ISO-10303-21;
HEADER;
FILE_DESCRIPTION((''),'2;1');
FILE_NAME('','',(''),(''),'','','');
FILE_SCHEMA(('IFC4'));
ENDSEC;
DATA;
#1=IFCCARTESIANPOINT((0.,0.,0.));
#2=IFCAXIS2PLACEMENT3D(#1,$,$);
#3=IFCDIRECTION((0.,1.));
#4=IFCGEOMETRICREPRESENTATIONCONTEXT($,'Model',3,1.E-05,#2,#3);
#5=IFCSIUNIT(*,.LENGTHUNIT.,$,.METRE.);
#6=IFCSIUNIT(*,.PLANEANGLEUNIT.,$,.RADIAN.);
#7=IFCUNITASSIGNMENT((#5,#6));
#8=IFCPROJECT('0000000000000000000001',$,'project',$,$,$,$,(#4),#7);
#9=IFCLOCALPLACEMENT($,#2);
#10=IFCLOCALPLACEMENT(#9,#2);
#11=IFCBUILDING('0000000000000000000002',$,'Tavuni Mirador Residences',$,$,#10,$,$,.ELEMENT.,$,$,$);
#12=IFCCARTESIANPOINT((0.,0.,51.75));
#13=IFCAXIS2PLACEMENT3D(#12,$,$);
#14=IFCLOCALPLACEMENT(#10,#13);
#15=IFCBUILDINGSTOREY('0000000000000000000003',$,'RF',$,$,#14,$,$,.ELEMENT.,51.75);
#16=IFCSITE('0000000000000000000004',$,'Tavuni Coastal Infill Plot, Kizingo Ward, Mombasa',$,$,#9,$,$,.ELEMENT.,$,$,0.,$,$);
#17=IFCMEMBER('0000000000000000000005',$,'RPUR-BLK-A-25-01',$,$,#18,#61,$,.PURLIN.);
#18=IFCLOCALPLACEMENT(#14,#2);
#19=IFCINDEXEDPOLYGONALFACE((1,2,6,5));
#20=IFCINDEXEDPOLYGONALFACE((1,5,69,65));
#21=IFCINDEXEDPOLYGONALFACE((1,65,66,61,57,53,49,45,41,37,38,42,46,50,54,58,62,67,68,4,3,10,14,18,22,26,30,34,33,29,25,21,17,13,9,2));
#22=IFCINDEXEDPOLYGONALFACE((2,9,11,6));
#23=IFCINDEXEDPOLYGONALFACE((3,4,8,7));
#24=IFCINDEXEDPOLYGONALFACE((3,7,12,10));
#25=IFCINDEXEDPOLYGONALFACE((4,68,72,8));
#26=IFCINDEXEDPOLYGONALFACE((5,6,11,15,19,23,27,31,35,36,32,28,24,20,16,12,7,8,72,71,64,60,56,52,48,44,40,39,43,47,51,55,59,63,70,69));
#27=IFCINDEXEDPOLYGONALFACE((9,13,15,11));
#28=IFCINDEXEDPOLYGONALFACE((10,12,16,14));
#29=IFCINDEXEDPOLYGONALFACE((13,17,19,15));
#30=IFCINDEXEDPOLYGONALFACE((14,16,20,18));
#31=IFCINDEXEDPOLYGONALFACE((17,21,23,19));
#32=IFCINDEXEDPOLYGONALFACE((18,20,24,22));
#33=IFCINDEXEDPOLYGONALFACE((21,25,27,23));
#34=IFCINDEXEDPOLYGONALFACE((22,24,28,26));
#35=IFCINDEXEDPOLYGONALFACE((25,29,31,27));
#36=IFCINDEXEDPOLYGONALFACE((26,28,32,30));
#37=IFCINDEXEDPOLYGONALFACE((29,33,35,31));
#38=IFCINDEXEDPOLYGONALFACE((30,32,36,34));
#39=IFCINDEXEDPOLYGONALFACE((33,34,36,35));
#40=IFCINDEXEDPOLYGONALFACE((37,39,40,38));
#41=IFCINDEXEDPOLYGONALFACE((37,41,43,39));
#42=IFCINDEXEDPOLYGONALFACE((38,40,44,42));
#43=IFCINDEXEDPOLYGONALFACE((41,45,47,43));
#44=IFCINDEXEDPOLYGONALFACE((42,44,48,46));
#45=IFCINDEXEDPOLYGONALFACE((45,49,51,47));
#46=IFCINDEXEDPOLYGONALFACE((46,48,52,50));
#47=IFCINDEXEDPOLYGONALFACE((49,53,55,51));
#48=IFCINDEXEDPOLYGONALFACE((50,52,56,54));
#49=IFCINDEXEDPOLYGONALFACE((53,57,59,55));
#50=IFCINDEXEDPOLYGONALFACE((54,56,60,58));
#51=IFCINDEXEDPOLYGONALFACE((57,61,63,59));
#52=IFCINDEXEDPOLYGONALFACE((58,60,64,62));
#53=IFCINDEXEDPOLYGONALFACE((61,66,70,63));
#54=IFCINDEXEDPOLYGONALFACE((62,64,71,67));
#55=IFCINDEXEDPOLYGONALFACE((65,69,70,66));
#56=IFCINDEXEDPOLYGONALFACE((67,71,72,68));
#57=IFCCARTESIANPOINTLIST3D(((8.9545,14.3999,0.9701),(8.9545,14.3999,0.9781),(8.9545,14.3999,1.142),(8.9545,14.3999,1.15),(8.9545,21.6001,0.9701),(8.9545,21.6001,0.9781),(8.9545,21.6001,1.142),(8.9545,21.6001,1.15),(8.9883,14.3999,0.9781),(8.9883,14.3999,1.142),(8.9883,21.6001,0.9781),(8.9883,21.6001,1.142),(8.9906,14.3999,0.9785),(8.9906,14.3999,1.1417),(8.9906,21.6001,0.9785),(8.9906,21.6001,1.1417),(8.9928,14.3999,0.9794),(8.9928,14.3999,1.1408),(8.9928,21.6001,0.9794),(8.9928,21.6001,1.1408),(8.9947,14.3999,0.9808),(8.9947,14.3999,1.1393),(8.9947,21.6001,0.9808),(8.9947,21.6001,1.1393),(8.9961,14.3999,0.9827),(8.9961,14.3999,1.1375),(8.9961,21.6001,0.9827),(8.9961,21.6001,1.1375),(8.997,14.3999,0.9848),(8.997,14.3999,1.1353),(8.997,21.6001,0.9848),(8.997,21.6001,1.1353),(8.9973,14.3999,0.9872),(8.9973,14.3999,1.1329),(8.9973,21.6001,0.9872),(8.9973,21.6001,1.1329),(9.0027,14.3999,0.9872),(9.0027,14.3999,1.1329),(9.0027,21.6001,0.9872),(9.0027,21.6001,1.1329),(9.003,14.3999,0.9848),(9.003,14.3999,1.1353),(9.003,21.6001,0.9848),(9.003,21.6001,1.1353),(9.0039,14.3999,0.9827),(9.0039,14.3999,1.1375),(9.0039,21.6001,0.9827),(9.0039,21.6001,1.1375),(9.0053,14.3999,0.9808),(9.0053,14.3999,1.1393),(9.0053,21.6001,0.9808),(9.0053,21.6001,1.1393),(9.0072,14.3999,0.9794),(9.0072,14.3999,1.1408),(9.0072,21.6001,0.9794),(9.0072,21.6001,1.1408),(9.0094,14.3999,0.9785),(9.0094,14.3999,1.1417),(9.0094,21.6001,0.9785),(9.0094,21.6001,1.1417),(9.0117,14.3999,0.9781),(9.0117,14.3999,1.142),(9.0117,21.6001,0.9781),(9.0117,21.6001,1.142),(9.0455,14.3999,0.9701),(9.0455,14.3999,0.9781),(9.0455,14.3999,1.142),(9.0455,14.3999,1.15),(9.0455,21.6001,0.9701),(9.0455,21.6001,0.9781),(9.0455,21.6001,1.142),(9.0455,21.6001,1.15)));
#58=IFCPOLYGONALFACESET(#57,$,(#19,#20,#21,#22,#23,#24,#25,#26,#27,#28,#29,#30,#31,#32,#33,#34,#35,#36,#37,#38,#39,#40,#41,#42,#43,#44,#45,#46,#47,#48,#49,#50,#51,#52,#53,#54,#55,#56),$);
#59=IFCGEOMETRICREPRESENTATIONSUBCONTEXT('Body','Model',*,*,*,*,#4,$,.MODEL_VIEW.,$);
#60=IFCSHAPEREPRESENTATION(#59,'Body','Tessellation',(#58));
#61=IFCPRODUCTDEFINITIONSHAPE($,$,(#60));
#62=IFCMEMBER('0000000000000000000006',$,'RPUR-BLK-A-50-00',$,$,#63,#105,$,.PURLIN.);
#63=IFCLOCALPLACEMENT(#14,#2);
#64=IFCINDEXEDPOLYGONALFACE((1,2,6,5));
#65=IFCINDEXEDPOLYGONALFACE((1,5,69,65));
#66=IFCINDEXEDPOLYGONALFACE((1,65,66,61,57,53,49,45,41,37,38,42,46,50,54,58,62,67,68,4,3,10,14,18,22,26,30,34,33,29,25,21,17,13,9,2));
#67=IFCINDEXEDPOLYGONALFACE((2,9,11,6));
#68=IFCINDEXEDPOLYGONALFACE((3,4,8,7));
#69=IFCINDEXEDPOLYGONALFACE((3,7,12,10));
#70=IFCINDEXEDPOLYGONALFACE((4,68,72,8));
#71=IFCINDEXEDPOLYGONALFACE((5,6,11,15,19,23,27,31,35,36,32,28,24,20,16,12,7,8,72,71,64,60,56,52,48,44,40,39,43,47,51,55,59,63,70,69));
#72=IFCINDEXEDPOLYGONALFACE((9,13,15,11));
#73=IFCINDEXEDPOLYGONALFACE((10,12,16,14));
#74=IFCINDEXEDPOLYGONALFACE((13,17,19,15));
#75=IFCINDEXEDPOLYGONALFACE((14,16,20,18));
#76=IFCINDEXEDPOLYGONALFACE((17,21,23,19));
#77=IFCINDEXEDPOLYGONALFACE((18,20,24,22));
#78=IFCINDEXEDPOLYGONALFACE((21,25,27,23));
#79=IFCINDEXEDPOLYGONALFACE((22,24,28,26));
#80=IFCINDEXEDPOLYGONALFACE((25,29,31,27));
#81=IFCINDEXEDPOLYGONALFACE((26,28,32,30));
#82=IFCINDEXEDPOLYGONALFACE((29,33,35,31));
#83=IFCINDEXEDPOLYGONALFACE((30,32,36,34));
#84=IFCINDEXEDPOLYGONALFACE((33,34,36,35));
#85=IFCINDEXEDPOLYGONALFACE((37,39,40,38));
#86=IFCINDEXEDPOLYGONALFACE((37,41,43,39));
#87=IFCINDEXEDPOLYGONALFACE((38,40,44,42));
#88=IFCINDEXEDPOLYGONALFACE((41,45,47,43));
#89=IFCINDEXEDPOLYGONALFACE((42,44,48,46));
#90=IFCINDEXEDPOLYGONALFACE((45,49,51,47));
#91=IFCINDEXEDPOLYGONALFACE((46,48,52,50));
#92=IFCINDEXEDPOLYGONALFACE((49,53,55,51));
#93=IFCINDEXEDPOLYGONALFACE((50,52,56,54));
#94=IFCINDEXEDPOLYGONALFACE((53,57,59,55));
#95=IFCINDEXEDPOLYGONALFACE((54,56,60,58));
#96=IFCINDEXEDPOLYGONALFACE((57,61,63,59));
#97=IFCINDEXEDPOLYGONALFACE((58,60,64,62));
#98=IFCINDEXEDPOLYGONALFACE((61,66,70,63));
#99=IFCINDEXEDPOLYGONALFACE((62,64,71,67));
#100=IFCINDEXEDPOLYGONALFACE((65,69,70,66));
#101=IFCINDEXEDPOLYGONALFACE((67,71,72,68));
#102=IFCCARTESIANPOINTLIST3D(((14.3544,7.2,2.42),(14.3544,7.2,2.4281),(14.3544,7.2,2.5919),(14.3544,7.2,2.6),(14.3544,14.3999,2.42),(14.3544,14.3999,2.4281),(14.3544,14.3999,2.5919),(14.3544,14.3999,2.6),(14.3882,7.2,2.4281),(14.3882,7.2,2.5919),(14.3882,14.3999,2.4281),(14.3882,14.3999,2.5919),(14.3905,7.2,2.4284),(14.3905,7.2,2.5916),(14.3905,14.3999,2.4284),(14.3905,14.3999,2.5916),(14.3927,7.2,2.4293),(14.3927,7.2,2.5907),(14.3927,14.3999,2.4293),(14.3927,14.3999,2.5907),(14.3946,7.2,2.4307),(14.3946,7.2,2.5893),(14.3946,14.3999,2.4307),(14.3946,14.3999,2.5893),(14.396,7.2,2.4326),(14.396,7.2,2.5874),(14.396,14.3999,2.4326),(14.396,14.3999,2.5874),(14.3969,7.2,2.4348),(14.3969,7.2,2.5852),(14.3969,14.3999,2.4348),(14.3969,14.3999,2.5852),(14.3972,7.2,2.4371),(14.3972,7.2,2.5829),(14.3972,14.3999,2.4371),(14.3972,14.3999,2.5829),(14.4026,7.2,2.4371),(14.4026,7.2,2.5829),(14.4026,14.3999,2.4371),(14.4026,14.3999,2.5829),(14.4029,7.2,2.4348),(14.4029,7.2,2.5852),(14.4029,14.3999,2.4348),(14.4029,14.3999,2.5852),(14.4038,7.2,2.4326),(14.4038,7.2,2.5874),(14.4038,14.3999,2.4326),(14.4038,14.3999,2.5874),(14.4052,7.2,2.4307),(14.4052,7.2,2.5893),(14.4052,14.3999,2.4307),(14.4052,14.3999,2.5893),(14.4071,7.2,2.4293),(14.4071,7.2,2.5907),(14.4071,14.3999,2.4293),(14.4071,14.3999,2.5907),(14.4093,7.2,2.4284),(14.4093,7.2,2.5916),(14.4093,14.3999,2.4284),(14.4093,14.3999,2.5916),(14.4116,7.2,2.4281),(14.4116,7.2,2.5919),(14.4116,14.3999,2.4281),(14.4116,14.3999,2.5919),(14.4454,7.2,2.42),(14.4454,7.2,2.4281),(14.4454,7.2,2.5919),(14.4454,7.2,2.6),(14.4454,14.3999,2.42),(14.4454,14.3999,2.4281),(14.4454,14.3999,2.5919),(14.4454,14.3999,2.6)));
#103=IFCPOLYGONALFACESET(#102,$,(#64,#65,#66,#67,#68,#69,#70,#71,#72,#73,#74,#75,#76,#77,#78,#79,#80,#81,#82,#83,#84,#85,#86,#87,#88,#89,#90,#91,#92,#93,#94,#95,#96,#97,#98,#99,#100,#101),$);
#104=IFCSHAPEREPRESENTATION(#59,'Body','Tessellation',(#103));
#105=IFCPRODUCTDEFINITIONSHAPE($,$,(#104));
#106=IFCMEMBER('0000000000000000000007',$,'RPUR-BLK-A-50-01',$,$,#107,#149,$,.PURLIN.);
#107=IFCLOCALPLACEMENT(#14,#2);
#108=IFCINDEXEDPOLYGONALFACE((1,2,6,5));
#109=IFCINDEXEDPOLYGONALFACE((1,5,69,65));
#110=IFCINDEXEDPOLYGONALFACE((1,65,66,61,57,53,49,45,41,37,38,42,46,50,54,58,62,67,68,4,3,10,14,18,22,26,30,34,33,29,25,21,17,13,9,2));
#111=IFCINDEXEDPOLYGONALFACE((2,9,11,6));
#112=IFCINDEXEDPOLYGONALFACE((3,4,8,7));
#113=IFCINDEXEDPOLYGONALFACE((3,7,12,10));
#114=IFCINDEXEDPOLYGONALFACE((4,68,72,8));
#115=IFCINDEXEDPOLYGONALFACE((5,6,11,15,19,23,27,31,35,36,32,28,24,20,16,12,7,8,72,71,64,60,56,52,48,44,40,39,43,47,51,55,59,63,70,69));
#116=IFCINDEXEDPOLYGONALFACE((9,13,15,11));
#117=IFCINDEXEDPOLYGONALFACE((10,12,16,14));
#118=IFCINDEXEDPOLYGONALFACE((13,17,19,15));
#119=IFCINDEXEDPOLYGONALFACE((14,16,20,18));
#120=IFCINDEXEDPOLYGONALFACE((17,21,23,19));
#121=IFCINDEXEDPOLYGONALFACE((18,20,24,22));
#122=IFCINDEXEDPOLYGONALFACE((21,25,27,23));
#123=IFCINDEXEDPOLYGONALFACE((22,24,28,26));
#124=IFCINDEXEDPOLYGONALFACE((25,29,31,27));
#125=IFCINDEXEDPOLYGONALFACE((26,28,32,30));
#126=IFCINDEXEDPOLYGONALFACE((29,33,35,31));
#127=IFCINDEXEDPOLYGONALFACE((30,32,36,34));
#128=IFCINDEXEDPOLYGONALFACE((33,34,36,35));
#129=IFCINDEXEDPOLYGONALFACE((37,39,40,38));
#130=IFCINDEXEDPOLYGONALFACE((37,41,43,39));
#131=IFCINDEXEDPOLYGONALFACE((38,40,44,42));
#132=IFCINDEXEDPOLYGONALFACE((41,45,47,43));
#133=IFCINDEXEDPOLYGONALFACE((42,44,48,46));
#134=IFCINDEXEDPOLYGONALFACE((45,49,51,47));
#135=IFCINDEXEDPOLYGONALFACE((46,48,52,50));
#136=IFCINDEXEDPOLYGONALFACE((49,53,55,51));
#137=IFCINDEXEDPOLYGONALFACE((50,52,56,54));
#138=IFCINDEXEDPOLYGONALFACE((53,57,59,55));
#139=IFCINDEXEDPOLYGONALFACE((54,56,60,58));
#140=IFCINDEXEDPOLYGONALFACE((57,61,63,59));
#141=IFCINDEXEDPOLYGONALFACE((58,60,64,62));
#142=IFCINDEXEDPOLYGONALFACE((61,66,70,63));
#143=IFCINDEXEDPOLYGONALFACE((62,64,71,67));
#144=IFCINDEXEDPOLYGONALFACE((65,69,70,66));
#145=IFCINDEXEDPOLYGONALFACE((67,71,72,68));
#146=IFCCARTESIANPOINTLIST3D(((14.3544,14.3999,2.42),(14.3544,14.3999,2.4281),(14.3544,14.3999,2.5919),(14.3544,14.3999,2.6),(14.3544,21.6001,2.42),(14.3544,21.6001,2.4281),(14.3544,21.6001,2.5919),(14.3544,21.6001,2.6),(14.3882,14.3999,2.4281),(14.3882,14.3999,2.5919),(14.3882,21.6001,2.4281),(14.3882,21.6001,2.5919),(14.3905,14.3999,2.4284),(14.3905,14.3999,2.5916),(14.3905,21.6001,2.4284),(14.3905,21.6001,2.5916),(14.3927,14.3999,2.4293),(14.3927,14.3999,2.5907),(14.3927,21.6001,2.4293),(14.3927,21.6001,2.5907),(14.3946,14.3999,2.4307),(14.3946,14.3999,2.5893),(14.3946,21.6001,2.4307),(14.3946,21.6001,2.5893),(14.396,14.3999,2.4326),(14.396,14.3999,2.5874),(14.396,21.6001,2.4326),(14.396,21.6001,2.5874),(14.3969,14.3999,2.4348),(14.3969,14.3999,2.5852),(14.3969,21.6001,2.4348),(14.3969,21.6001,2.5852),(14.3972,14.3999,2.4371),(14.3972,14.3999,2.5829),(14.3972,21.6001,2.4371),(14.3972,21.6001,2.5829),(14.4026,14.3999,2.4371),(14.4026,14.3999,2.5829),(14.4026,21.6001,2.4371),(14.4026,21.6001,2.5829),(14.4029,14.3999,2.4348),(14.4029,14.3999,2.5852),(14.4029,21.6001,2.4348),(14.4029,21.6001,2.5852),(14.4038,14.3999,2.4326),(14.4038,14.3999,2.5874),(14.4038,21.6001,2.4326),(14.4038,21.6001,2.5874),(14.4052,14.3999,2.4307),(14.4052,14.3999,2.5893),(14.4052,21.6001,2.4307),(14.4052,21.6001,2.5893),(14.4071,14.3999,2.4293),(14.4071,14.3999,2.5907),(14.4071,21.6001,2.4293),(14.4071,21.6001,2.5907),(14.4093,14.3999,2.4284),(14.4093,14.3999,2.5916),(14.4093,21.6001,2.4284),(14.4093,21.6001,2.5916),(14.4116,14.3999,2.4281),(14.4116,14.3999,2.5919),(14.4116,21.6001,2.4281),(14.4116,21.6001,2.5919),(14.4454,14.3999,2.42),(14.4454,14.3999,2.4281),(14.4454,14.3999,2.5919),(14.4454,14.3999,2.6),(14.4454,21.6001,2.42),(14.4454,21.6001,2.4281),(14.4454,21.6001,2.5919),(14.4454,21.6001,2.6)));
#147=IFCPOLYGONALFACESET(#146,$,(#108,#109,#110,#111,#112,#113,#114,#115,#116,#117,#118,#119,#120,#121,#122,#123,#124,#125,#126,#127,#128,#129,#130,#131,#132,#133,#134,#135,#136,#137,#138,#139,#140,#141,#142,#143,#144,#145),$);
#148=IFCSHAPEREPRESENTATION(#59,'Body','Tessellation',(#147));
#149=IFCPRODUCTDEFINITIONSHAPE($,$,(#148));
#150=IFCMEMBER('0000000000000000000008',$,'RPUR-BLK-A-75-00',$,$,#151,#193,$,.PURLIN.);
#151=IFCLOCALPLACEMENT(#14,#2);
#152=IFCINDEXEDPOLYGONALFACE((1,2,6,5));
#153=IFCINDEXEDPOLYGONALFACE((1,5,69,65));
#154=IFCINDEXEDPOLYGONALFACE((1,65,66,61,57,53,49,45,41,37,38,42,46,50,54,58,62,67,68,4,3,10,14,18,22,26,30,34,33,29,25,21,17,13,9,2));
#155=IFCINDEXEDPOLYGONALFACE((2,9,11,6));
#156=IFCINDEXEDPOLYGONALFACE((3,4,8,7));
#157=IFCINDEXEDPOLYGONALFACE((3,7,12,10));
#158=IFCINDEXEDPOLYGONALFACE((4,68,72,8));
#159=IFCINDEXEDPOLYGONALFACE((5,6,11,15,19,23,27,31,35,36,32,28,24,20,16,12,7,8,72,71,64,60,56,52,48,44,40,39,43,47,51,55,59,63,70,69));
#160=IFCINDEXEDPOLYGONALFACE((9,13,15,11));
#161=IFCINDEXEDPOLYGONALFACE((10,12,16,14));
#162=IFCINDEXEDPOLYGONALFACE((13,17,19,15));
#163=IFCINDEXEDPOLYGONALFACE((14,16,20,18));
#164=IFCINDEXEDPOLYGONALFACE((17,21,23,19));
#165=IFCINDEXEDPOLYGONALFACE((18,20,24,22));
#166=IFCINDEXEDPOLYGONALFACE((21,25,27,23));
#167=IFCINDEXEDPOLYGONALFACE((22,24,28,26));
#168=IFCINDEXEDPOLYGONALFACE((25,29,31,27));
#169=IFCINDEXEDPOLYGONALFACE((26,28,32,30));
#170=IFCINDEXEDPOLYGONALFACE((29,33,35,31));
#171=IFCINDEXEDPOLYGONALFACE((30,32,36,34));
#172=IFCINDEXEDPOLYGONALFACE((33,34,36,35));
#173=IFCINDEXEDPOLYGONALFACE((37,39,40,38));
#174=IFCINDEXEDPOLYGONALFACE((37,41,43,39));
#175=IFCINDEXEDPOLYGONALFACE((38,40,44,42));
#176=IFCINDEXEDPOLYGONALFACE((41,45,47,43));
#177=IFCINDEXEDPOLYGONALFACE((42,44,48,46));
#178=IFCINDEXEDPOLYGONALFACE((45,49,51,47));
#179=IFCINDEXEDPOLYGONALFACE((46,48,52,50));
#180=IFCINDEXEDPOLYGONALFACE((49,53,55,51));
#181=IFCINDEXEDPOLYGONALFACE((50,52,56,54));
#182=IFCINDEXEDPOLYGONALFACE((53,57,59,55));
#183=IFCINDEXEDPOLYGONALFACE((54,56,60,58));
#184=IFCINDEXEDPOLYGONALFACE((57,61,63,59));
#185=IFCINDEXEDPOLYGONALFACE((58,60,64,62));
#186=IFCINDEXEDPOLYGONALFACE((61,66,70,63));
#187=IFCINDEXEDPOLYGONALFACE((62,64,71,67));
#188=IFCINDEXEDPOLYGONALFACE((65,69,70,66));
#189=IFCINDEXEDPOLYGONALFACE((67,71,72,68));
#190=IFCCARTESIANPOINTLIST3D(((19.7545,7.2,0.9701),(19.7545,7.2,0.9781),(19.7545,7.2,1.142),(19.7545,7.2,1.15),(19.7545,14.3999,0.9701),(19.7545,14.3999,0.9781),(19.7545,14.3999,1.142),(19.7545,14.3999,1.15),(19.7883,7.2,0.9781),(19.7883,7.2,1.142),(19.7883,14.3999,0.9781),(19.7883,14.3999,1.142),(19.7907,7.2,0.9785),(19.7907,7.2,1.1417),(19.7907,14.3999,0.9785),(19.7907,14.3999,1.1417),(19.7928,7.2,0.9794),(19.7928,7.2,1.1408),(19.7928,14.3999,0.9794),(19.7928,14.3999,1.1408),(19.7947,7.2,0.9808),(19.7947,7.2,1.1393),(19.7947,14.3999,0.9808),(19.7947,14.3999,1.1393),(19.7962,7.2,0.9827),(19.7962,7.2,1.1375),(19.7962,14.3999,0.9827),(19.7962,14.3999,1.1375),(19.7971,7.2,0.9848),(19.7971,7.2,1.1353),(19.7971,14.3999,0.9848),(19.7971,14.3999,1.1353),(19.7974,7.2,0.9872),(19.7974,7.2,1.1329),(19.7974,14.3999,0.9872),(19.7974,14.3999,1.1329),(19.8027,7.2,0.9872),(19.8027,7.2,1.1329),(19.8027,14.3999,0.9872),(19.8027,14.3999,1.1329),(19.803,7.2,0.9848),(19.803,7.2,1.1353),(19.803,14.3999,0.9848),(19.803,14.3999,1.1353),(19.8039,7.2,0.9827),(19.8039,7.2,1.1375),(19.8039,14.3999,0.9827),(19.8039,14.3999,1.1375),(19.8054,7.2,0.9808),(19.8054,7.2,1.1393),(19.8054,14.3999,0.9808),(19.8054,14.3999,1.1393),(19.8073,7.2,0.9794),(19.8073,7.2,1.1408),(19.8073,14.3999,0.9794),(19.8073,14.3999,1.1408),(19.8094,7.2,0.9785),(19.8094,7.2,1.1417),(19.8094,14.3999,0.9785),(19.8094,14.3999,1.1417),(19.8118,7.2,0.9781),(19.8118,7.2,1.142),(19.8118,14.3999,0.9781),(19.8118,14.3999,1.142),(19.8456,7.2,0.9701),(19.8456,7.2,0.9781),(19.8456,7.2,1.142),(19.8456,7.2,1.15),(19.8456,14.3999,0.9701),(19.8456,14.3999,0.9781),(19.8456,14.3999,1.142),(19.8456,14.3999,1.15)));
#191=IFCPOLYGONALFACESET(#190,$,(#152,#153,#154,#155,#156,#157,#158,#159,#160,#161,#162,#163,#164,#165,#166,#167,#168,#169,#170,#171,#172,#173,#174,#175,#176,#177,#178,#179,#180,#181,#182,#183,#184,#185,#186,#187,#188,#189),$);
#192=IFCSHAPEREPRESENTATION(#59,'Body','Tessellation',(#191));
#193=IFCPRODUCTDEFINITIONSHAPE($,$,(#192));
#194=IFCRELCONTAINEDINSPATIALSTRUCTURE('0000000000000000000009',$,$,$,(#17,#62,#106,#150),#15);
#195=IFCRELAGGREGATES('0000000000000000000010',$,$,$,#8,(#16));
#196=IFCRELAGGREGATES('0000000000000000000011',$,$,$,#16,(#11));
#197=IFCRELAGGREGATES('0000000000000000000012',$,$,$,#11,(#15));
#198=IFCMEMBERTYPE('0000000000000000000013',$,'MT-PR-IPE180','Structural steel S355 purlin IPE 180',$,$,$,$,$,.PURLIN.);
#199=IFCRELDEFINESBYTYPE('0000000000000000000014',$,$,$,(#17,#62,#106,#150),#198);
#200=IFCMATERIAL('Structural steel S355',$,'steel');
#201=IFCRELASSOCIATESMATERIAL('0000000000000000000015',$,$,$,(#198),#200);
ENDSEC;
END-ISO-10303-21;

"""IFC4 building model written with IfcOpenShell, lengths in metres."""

from ifc_helpers import new_model, si_unit, direction, frame, origin, origin_2d, place, context, subcontext, project, spatial, i_section, extrude, material, material_profile, profile_set, type_object, element, save


model = new_model("IFC4")

# Units and contexts
model_context = context("Model", 3, precision=1e-05, world=origin(), true_north=direction((0.0, 1.0)))
body_context = subcontext(model_context, "Body", "Model", "MODEL_VIEW")
ifc_project = project(units=[si_unit("LENGTHUNIT", "METRE"), si_unit("PLANEANGLEUNIT", "RADIAN")], contexts=[model_context])

# Site, building, storey
site_placement = place(None, origin())
site = spatial("IfcSite", under=ifc_project, at=site_placement, Name="Tavuni Coastal Infill Plot, Kizingo Ward, Mombasa", CompositionType="ELEMENT", RefElevation=0.0)
building_placement = place(site_placement, origin())
building = spatial("IfcBuilding", under=site, at=building_placement, Name="Tavuni Mirador Residences", CompositionType="ELEMENT")
storey_placement = place(building_placement, frame((0.0, 0.0, 51.75)))
storey = spatial("IfcBuildingStorey", under=building, at=storey_placement, Name="RF", CompositionType="ELEMENT", Elevation=51.75)

# Members
ifc_material_1 = material(Name="Structural steel S355", Category="steel")
ifc_material_profile_1 = material_profile(ifc_material_1, i_section(OverallWidth=0.0911, OverallDepth=0.1799, WebThickness=0.0054, FlangeThickness=0.0081, FilletRadius=0.009, at=origin_2d()), Name="IPE 180", Category="steel")
ifc_profile_set_1 = profile_set([ifc_material_profile_1], Name="Structural steel S355")
member_type_1 = type_object("IfcMemberType", Name="MT-PR-IPE180", Description="Structural steel S355 purlin IPE 180", PredefinedType="PURLIN", material=ifc_profile_set_1)
member_1_placement = place(storey_placement, frame((9.0, 14.3999, 1.0601), z_axis=(0.0, 1.0, 0.0), x_axis=(-1.0, 0.0, 0.0)))
element("IfcMember", 1, at=member_1_placement, inside=storey, type_object=member_type_1, Name="RPUR-BLK-A-25-01", PredefinedType="PURLIN", context=body_context, shape_type="SweptSolid", body=[
    extrude(i_section(OverallWidth=0.0911, OverallDepth=0.1799, WebThickness=0.0054, FlangeThickness=0.0081, FilletRadius=0.009, at=origin_2d()), origin(), (0.0, 0.0, 1.0), 7.2002),
])
member_2_placement = place(storey_placement, frame((14.3999, 7.2, 2.51), z_axis=(0.0, 1.0, 0.0), x_axis=(-1.0, 0.0, 0.0)))
element("IfcMember", 2, at=member_2_placement, inside=storey, type_object=member_type_1, Name="RPUR-BLK-A-50-00", PredefinedType="PURLIN", context=body_context, shape_type="SweptSolid", body=[
    extrude(i_section(OverallWidth=0.0911, OverallDepth=0.1799, WebThickness=0.0054, FlangeThickness=0.0081, FilletRadius=0.009, at=origin_2d()), origin(), (0.0, 0.0, 1.0), 7.2),
])
member_3_placement = place(storey_placement, frame((14.3999, 14.3999, 2.51), z_axis=(0.0, 1.0, 0.0), x_axis=(-1.0, 0.0, 0.0)))
element("IfcMember", 3, at=member_3_placement, inside=storey, type_object=member_type_1, Name="RPUR-BLK-A-50-01", PredefinedType="PURLIN", context=body_context, shape_type="SweptSolid", body=[
    extrude(i_section(OverallWidth=0.0911, OverallDepth=0.1799, WebThickness=0.0054, FlangeThickness=0.0081, FilletRadius=0.009, at=origin_2d()), origin(), (0.0, 0.0, 1.0), 7.2002),
])
member_4_placement = place(storey_placement, frame((19.8, 7.2, 1.0601), z_axis=(0.0, 1.0, 0.0), x_axis=(-1.0, 0.0, 0.0)))
element("IfcMember", 4, at=member_4_placement, inside=storey, type_object=member_type_1, Name="RPUR-BLK-A-75-00", PredefinedType="PURLIN", context=body_context, shape_type="SweptSolid", body=[
    extrude(i_section(OverallWidth=0.0911, OverallDepth=0.1799, WebThickness=0.0054, FlangeThickness=0.0081, FilletRadius=0.009, at=origin_2d()), origin(), (0.0, 0.0, 1.0), 7.2),
])

save(model, "model.ifc")
